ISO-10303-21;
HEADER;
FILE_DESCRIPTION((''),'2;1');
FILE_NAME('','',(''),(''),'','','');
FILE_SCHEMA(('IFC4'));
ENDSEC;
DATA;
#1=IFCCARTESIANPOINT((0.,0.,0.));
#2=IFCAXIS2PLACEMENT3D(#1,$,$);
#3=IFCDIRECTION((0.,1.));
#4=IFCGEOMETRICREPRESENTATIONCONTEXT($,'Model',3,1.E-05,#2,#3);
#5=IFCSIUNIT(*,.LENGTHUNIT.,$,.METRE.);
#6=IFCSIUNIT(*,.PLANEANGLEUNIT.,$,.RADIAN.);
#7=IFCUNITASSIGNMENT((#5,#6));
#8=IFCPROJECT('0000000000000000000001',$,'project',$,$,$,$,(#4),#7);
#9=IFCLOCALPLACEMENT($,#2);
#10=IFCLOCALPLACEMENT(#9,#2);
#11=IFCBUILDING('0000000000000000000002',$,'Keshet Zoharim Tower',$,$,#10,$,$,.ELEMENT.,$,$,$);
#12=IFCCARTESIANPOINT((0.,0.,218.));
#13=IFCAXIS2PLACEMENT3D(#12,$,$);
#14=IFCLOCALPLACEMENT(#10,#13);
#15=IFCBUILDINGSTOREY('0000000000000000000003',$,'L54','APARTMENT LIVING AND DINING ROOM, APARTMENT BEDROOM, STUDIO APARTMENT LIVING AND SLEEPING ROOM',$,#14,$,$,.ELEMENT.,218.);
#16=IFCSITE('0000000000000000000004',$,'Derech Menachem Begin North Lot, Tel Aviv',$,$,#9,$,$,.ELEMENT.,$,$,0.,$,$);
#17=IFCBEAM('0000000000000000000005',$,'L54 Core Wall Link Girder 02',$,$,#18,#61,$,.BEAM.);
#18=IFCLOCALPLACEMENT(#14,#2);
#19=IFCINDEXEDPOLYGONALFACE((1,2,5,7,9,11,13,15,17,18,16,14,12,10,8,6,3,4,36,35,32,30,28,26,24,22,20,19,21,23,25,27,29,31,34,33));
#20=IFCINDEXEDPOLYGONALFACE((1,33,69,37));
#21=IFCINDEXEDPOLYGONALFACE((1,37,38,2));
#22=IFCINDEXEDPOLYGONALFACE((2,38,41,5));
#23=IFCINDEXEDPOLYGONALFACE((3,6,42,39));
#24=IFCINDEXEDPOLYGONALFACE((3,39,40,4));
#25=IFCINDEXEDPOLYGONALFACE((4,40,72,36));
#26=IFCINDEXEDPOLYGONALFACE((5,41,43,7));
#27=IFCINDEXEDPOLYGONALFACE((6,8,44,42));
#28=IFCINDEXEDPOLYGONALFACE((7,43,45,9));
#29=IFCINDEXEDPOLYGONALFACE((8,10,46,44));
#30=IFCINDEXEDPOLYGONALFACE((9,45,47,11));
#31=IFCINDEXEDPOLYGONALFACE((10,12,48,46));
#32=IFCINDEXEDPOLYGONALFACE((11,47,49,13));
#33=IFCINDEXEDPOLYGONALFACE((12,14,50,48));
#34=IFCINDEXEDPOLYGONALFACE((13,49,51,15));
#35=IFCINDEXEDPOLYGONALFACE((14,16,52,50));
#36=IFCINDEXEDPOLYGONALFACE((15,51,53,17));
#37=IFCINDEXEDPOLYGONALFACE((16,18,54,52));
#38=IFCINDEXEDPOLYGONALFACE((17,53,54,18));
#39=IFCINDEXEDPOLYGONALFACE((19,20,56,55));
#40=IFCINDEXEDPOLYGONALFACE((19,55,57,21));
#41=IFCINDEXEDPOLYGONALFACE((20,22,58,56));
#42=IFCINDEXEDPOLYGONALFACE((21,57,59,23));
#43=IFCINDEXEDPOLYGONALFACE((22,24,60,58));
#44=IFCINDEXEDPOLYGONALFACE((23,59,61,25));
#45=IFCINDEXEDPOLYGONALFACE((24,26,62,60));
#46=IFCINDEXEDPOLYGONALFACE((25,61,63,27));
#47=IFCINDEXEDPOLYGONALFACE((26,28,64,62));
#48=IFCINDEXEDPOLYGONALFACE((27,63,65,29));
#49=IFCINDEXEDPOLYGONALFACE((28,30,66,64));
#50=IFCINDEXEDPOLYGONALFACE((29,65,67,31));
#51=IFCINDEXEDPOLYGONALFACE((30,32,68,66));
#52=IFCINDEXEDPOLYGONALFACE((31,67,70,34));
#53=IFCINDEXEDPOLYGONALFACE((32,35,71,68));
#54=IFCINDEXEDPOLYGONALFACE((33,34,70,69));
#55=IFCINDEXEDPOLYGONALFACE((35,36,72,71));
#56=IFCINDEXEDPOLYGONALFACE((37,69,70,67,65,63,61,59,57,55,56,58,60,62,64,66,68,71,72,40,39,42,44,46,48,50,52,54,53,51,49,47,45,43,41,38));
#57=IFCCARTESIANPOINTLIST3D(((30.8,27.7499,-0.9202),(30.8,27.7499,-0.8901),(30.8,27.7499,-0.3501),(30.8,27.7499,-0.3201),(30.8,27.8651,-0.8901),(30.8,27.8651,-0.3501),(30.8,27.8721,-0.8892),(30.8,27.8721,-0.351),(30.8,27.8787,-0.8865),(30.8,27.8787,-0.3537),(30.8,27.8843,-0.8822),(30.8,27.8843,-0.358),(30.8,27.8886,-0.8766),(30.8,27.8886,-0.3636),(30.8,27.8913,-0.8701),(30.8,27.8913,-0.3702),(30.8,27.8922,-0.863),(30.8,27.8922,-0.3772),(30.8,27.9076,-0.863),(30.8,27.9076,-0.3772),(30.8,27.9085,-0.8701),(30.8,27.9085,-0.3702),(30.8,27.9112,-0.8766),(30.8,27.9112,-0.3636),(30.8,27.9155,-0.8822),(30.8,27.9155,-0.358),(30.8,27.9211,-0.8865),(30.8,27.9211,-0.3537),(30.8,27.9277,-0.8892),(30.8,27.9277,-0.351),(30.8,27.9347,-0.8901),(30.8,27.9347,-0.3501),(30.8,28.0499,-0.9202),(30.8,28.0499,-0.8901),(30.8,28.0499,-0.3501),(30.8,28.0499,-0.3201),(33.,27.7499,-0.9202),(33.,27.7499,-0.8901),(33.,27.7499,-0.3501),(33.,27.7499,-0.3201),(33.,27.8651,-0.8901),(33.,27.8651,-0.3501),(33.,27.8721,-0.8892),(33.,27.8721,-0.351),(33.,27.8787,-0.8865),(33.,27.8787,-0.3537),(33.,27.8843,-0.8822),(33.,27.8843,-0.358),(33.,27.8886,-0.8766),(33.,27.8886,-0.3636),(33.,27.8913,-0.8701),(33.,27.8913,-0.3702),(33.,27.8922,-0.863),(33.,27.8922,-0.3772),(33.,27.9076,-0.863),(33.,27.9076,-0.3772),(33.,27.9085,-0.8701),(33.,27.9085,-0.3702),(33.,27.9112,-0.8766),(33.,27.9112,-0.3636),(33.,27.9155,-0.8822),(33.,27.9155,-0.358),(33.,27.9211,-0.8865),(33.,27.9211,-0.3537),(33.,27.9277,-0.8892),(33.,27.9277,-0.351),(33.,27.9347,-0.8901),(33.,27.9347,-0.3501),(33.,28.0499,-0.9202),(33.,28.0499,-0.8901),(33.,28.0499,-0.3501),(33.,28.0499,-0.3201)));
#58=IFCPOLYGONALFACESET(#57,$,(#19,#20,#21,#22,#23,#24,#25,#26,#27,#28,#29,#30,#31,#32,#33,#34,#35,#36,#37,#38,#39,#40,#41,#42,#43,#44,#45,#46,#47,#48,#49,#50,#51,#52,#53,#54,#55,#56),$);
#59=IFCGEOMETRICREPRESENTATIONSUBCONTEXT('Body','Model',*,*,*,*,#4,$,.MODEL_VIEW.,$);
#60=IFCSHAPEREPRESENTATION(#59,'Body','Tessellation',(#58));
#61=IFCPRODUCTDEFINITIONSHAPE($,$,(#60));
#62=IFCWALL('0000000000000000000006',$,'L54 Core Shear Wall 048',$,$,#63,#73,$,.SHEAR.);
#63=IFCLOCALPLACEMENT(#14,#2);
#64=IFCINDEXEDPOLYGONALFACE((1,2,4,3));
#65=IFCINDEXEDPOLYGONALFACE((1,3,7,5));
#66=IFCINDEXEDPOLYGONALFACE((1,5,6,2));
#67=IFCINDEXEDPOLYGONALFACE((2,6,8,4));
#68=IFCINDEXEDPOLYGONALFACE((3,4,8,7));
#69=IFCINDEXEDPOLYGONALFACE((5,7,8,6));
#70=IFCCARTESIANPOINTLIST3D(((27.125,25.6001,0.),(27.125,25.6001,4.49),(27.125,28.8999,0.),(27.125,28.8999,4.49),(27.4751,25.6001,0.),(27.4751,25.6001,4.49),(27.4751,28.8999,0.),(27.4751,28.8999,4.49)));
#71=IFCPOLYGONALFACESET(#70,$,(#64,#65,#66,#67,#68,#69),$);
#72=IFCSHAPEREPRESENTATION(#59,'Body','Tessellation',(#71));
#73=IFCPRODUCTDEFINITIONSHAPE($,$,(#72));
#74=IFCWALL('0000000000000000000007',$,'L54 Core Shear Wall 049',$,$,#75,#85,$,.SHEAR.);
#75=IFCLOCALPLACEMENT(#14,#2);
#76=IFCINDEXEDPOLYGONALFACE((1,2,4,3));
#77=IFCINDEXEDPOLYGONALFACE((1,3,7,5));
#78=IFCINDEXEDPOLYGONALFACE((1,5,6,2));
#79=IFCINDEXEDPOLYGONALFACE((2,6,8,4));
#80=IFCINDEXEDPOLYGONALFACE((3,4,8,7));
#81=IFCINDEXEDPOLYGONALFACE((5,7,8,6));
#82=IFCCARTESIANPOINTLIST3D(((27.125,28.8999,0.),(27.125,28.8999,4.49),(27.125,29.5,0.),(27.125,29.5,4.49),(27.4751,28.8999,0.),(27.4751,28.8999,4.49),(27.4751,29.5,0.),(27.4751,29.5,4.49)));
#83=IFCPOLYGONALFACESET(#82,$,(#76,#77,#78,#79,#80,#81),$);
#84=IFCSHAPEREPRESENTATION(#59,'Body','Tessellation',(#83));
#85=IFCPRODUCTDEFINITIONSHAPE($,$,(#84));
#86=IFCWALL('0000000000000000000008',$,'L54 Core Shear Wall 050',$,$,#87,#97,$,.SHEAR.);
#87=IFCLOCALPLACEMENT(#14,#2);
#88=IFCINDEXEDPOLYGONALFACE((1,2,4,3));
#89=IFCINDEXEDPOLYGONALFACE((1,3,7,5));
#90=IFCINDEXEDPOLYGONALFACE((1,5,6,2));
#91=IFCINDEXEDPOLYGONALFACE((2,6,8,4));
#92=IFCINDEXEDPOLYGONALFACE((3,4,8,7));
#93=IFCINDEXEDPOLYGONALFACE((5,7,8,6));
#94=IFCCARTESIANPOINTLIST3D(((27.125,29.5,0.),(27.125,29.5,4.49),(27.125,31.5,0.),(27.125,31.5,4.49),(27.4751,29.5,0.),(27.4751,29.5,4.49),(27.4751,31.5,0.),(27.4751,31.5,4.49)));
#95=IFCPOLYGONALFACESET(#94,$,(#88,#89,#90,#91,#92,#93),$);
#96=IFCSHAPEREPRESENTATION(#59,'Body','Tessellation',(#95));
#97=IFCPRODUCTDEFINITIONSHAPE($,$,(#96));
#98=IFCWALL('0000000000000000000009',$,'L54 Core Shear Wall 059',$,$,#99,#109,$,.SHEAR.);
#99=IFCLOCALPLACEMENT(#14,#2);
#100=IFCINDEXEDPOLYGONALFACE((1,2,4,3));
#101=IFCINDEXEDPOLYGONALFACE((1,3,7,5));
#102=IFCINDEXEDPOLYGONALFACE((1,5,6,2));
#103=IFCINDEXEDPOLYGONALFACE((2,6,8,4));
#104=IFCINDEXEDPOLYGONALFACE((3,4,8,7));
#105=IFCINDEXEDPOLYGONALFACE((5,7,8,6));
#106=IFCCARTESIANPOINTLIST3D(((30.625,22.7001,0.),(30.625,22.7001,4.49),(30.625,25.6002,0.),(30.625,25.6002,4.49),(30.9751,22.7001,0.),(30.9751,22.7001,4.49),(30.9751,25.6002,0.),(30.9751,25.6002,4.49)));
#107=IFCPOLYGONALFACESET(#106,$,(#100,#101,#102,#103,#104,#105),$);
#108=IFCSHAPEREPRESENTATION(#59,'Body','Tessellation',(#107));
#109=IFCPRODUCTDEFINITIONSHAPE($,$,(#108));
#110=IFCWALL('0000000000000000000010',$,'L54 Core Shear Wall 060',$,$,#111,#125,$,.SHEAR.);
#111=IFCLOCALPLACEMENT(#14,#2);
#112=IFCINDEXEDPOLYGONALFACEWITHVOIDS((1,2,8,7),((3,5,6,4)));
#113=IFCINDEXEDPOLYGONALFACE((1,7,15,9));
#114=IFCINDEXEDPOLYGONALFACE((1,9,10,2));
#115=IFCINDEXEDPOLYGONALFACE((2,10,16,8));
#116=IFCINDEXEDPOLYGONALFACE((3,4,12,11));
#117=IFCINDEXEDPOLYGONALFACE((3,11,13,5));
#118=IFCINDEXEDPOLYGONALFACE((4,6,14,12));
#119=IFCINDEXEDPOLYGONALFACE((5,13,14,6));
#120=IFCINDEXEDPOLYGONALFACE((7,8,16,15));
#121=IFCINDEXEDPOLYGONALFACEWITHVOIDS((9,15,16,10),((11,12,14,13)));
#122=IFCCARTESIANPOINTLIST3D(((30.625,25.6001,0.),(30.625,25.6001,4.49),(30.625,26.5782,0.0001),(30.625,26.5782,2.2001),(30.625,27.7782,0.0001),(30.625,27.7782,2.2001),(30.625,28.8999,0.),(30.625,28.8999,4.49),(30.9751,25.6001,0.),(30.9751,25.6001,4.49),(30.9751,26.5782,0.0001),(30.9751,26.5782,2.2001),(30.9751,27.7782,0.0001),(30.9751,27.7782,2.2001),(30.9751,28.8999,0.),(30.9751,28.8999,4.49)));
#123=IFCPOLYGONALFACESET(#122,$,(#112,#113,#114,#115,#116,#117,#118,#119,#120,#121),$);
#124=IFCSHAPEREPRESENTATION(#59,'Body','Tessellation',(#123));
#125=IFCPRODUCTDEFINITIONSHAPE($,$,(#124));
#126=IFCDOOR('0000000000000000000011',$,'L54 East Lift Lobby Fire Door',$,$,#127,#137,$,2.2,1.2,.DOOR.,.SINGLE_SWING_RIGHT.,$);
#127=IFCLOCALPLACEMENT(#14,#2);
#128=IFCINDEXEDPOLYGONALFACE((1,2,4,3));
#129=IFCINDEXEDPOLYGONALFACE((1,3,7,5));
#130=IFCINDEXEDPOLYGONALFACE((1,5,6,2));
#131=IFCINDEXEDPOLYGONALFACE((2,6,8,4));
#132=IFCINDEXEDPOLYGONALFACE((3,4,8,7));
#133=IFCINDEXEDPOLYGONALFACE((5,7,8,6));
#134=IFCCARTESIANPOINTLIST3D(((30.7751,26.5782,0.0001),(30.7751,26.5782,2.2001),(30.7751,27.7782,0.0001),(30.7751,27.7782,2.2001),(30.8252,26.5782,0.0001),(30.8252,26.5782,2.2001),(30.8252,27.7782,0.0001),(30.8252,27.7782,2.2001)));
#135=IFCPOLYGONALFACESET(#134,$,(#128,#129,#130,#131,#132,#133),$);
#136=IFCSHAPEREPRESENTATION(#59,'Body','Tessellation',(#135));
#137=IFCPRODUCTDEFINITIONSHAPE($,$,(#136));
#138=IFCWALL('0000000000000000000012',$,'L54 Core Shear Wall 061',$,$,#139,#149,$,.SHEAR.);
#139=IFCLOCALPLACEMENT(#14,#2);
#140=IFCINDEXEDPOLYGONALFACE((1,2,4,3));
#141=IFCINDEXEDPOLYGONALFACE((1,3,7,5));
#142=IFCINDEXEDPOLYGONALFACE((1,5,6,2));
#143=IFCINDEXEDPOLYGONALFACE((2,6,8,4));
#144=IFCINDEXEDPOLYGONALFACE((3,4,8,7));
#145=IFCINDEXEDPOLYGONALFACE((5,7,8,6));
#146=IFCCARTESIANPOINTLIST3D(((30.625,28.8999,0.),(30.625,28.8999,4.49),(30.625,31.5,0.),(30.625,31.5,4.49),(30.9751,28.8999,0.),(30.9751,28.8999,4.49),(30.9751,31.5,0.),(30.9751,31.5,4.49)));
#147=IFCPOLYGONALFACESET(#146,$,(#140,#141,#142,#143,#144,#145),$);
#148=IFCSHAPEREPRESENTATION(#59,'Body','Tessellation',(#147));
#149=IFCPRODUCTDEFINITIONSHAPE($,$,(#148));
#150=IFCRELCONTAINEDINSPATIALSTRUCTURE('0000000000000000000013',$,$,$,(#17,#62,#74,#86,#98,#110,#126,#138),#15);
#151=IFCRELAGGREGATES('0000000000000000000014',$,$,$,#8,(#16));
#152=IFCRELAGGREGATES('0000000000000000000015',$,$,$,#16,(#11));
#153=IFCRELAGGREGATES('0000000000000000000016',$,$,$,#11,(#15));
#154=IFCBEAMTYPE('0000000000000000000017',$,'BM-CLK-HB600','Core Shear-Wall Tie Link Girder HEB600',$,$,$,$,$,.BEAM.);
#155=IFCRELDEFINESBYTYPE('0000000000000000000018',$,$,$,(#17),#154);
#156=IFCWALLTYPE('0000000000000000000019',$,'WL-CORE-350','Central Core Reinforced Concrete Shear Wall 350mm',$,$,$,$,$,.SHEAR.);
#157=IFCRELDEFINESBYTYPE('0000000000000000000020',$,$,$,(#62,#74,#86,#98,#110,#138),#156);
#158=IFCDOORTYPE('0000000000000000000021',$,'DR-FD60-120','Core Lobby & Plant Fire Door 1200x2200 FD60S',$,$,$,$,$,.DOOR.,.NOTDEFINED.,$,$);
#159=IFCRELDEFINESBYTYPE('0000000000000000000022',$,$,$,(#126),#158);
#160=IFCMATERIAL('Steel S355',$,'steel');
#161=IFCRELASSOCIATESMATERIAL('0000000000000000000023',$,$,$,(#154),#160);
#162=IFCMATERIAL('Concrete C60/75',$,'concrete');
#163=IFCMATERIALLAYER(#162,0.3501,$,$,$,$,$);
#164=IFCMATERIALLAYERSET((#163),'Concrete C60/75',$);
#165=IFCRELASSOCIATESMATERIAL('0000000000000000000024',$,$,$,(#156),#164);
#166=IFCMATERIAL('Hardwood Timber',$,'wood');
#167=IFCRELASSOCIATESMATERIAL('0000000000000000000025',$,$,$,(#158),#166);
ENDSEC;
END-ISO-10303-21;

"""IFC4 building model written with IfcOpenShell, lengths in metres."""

from ifc_helpers import new_model, si_unit, direction, frame, frame_2d, origin, origin_2d, place, context, subcontext, project, spatial, rectangle, i_section, extrude, material, layer, layer_set, material_profile, profile_set, type_object, element, fill, save


model = new_model("IFC4")

# Units and contexts
model_context = context("Model", 3, precision=1e-05, world=origin(), true_north=direction((0.0, 1.0)))
body_context = subcontext(model_context, "Body", "Model", "MODEL_VIEW")
ifc_project = project(units=[si_unit("LENGTHUNIT", "METRE"), si_unit("PLANEANGLEUNIT", "RADIAN")], contexts=[model_context])

# Site, building, storey
site_placement = place(None, origin())
site = spatial("IfcSite", under=ifc_project, at=site_placement, Name="Derech Menachem Begin North Lot, Tel Aviv", CompositionType="ELEMENT", RefElevation=0.0)
building_placement = place(site_placement, origin())
building = spatial("IfcBuilding", under=site, at=building_placement, Name="Keshet Zoharim Tower", CompositionType="ELEMENT")
storey_placement = place(building_placement, frame((0.0, 0.0, 218.0)))
storey = spatial("IfcBuildingStorey", under=building, at=storey_placement, Name="L54", Description="APARTMENT LIVING AND DINING ROOM, APARTMENT BEDROOM, STUDIO APARTMENT LIVING AND SLEEPING ROOM", CompositionType="ELEMENT", Elevation=218.0)

# Beam
ifc_material_1 = material(Name="Steel S355", Category="steel")
ifc_material_profile = material_profile(ifc_material_1, i_section(OverallWidth=0.3, OverallDepth=0.6001, WebThickness=0.0154, FlangeThickness=0.03, FilletRadius=0.0271, at=origin_2d()), Name="HEB600")
ifc_profile_set = profile_set([ifc_material_profile], Name="Steel S355")
beam_type = type_object("IfcBeamType", Name="BM-CLK-HB600", Description="Core Shear-Wall Tie Link Girder HEB600", PredefinedType="BEAM", material=ifc_profile_set)
beam_placement = place(storey_placement, frame((30.8, 27.8999, -0.6201), z_axis=(1.0, 0.0, 0.0), x_axis=(0.0, 1.0, 0.0)))
element("IfcBeam", 1, at=beam_placement, inside=storey, type_object=beam_type, Name="L54 Core Wall Link Girder 02", PredefinedType="BEAM", context=body_context, shape_type="SweptSolid", body=[
    extrude(i_section(OverallWidth=0.3, OverallDepth=0.6001, WebThickness=0.0154, FlangeThickness=0.03, FilletRadius=0.0271, at=origin_2d()), origin(), (0.0, 0.0, 1.0), 2.2),
])

# Walls
ifc_material_2 = material(Name="Concrete C60/75", Category="concrete")
ifc_layer_1 = layer(ifc_material_2, 0.3501)
ifc_layer_set_1 = layer_set([ifc_layer_1], Name="Concrete C60/75")
wall_type_1 = type_object("IfcWallType", Name="WL-CORE-350", Description="Central Core Reinforced Concrete Shear Wall 350mm", PredefinedType="SHEAR", material=ifc_layer_set_1)
wall_1_placement = place(storey_placement, frame((27.3, 25.6001, 0.0), z_axis=(0.0, 0.0, 1.0), x_axis=(0.0, 1.0, 0.0)))
element("IfcWall", 2, at=wall_1_placement, inside=storey, type_object=wall_type_1, Name="L54 Core Shear Wall 048", PredefinedType="SHEAR", context=body_context, shape_type="SweptSolid", body=[
    extrude(rectangle(XDim=3.2998, YDim=0.3501, at=frame_2d((1.6499, 0.0))), origin(), (0.0, 0.0, 1.0), 4.49),
])
wall_2_placement = place(storey_placement, frame((27.3, 28.8999, 0.0), z_axis=(0.0, 0.0, 1.0), x_axis=(0.0, 1.0, 0.0)))
element("IfcWall", 3, at=wall_2_placement, inside=storey, type_object=wall_type_1, Name="L54 Core Shear Wall 049", PredefinedType="SHEAR", context=body_context, shape_type="SweptSolid", body=[
    extrude(rectangle(XDim=0.6001, YDim=0.3501, at=frame_2d((0.3, 0.0))), origin(), (0.0, 0.0, 1.0), 4.49),
])
wall_3_placement = place(storey_placement, frame((27.3, 29.5, 0.0), z_axis=(0.0, 0.0, 1.0), x_axis=(0.0, 1.0, 0.0)))
element("IfcWall", 4, at=wall_3_placement, inside=storey, type_object=wall_type_1, Name="L54 Core Shear Wall 050", PredefinedType="SHEAR", context=body_context, shape_type="SweptSolid", body=[
    extrude(rectangle(XDim=2.0, YDim=0.3501, at=frame_2d((1.0, 0.0))), origin(), (0.0, 0.0, 1.0), 4.49),
])
wall_4_placement = place(storey_placement, frame((30.8, 22.7, 0.0), z_axis=(0.0, 0.0, 1.0), x_axis=(0.0, 1.0, 0.0)))
element("IfcWall", 5, at=wall_4_placement, inside=storey, type_object=wall_type_1, Name="L54 Core Shear Wall 059", PredefinedType="SHEAR", context=body_context, shape_type="SweptSolid", body=[
    extrude(rectangle(XDim=2.9001, YDim=0.3501, at=frame_2d((1.4502, 0.0))), origin(), (0.0, 0.0, 1.0), 4.49),
])

# Wall, opening, door
wall_5_placement = place(storey_placement, frame((30.8, 25.6001, 0.0), z_axis=(0.0, 0.0, 1.0), x_axis=(0.0, 1.0, 0.0)))
wall_5 = element("IfcWall", 6, at=wall_5_placement, inside=storey, type_object=wall_type_1, Name="L54 Core Shear Wall 060", PredefinedType="SHEAR", context=body_context, shape_type="SweptSolid", body=[
    extrude(rectangle(XDim=3.2998, YDim=0.3501, at=frame_2d((1.6499, 0.0))), origin(), (0.0, 0.0, 1.0), 4.49),
])
opening_1_placement = place(wall_5_placement, frame((0.978, 0.0, 0.0)))
opening_1 = element("IfcOpeningElement", 7, at=opening_1_placement, cuts=wall_5, PredefinedType="OPENING", context=body_context, shape_type="SweptSolid", body=[
    extrude(rectangle(XDim=1.2, YDim=2.2, at=frame_2d((0.6001, 1.1001))), frame((0.0, 0.1851, 0.0), z_axis=(0.0, -1.0, 0.0), x_axis=(1.0, 0.0, 0.0)), (0.0, 0.0, 1.0), 0.3701),
])
ifc_material_3 = material(Name="Hardwood Timber", Category="wood")
door_type_1 = type_object("IfcDoorType", Name="DR-FD60-120", Description="Core Lobby & Plant Fire Door 1200x2200 FD60S", OperationType="NOTDEFINED", PredefinedType="DOOR", material=ifc_material_3)
door_1_placement = place(opening_1_placement, origin())
door_1 = element("IfcDoor", 8, at=door_1_placement, inside=storey, type_object=door_type_1, Name="L54 East Lift Lobby Fire Door", OperationType="SINGLE_SWING_RIGHT", OverallHeight=2.2, OverallWidth=1.2, PredefinedType="DOOR", context=body_context, shape_type="SweptSolid", body=[
    extrude(rectangle(XDim=1.2, YDim=2.2, at=frame_2d((0.6001, 1.1001))), frame((0.0, 0.0249, 0.0), z_axis=(0.0, -1.0, 0.0), x_axis=(1.0, 0.0, 0.0)), (0.0, 0.0, 1.0), 0.05),
])
fill(opening_1, door_1)

# Wall
wall_6_placement = place(storey_placement, frame((30.8, 28.8999, 0.0), z_axis=(0.0, 0.0, 1.0), x_axis=(0.0, 1.0, 0.0)))
element("IfcWall", 9, at=wall_6_placement, inside=storey, type_object=wall_type_1, Name="L54 Core Shear Wall 061", PredefinedType="SHEAR", context=body_context, shape_type="SweptSolid", body=[
    extrude(rectangle(XDim=2.6001, YDim=0.3501, at=frame_2d((1.3, 0.0))), origin(), (0.0, 0.0, 1.0), 4.49),
])

save(model, "model.ifc")
